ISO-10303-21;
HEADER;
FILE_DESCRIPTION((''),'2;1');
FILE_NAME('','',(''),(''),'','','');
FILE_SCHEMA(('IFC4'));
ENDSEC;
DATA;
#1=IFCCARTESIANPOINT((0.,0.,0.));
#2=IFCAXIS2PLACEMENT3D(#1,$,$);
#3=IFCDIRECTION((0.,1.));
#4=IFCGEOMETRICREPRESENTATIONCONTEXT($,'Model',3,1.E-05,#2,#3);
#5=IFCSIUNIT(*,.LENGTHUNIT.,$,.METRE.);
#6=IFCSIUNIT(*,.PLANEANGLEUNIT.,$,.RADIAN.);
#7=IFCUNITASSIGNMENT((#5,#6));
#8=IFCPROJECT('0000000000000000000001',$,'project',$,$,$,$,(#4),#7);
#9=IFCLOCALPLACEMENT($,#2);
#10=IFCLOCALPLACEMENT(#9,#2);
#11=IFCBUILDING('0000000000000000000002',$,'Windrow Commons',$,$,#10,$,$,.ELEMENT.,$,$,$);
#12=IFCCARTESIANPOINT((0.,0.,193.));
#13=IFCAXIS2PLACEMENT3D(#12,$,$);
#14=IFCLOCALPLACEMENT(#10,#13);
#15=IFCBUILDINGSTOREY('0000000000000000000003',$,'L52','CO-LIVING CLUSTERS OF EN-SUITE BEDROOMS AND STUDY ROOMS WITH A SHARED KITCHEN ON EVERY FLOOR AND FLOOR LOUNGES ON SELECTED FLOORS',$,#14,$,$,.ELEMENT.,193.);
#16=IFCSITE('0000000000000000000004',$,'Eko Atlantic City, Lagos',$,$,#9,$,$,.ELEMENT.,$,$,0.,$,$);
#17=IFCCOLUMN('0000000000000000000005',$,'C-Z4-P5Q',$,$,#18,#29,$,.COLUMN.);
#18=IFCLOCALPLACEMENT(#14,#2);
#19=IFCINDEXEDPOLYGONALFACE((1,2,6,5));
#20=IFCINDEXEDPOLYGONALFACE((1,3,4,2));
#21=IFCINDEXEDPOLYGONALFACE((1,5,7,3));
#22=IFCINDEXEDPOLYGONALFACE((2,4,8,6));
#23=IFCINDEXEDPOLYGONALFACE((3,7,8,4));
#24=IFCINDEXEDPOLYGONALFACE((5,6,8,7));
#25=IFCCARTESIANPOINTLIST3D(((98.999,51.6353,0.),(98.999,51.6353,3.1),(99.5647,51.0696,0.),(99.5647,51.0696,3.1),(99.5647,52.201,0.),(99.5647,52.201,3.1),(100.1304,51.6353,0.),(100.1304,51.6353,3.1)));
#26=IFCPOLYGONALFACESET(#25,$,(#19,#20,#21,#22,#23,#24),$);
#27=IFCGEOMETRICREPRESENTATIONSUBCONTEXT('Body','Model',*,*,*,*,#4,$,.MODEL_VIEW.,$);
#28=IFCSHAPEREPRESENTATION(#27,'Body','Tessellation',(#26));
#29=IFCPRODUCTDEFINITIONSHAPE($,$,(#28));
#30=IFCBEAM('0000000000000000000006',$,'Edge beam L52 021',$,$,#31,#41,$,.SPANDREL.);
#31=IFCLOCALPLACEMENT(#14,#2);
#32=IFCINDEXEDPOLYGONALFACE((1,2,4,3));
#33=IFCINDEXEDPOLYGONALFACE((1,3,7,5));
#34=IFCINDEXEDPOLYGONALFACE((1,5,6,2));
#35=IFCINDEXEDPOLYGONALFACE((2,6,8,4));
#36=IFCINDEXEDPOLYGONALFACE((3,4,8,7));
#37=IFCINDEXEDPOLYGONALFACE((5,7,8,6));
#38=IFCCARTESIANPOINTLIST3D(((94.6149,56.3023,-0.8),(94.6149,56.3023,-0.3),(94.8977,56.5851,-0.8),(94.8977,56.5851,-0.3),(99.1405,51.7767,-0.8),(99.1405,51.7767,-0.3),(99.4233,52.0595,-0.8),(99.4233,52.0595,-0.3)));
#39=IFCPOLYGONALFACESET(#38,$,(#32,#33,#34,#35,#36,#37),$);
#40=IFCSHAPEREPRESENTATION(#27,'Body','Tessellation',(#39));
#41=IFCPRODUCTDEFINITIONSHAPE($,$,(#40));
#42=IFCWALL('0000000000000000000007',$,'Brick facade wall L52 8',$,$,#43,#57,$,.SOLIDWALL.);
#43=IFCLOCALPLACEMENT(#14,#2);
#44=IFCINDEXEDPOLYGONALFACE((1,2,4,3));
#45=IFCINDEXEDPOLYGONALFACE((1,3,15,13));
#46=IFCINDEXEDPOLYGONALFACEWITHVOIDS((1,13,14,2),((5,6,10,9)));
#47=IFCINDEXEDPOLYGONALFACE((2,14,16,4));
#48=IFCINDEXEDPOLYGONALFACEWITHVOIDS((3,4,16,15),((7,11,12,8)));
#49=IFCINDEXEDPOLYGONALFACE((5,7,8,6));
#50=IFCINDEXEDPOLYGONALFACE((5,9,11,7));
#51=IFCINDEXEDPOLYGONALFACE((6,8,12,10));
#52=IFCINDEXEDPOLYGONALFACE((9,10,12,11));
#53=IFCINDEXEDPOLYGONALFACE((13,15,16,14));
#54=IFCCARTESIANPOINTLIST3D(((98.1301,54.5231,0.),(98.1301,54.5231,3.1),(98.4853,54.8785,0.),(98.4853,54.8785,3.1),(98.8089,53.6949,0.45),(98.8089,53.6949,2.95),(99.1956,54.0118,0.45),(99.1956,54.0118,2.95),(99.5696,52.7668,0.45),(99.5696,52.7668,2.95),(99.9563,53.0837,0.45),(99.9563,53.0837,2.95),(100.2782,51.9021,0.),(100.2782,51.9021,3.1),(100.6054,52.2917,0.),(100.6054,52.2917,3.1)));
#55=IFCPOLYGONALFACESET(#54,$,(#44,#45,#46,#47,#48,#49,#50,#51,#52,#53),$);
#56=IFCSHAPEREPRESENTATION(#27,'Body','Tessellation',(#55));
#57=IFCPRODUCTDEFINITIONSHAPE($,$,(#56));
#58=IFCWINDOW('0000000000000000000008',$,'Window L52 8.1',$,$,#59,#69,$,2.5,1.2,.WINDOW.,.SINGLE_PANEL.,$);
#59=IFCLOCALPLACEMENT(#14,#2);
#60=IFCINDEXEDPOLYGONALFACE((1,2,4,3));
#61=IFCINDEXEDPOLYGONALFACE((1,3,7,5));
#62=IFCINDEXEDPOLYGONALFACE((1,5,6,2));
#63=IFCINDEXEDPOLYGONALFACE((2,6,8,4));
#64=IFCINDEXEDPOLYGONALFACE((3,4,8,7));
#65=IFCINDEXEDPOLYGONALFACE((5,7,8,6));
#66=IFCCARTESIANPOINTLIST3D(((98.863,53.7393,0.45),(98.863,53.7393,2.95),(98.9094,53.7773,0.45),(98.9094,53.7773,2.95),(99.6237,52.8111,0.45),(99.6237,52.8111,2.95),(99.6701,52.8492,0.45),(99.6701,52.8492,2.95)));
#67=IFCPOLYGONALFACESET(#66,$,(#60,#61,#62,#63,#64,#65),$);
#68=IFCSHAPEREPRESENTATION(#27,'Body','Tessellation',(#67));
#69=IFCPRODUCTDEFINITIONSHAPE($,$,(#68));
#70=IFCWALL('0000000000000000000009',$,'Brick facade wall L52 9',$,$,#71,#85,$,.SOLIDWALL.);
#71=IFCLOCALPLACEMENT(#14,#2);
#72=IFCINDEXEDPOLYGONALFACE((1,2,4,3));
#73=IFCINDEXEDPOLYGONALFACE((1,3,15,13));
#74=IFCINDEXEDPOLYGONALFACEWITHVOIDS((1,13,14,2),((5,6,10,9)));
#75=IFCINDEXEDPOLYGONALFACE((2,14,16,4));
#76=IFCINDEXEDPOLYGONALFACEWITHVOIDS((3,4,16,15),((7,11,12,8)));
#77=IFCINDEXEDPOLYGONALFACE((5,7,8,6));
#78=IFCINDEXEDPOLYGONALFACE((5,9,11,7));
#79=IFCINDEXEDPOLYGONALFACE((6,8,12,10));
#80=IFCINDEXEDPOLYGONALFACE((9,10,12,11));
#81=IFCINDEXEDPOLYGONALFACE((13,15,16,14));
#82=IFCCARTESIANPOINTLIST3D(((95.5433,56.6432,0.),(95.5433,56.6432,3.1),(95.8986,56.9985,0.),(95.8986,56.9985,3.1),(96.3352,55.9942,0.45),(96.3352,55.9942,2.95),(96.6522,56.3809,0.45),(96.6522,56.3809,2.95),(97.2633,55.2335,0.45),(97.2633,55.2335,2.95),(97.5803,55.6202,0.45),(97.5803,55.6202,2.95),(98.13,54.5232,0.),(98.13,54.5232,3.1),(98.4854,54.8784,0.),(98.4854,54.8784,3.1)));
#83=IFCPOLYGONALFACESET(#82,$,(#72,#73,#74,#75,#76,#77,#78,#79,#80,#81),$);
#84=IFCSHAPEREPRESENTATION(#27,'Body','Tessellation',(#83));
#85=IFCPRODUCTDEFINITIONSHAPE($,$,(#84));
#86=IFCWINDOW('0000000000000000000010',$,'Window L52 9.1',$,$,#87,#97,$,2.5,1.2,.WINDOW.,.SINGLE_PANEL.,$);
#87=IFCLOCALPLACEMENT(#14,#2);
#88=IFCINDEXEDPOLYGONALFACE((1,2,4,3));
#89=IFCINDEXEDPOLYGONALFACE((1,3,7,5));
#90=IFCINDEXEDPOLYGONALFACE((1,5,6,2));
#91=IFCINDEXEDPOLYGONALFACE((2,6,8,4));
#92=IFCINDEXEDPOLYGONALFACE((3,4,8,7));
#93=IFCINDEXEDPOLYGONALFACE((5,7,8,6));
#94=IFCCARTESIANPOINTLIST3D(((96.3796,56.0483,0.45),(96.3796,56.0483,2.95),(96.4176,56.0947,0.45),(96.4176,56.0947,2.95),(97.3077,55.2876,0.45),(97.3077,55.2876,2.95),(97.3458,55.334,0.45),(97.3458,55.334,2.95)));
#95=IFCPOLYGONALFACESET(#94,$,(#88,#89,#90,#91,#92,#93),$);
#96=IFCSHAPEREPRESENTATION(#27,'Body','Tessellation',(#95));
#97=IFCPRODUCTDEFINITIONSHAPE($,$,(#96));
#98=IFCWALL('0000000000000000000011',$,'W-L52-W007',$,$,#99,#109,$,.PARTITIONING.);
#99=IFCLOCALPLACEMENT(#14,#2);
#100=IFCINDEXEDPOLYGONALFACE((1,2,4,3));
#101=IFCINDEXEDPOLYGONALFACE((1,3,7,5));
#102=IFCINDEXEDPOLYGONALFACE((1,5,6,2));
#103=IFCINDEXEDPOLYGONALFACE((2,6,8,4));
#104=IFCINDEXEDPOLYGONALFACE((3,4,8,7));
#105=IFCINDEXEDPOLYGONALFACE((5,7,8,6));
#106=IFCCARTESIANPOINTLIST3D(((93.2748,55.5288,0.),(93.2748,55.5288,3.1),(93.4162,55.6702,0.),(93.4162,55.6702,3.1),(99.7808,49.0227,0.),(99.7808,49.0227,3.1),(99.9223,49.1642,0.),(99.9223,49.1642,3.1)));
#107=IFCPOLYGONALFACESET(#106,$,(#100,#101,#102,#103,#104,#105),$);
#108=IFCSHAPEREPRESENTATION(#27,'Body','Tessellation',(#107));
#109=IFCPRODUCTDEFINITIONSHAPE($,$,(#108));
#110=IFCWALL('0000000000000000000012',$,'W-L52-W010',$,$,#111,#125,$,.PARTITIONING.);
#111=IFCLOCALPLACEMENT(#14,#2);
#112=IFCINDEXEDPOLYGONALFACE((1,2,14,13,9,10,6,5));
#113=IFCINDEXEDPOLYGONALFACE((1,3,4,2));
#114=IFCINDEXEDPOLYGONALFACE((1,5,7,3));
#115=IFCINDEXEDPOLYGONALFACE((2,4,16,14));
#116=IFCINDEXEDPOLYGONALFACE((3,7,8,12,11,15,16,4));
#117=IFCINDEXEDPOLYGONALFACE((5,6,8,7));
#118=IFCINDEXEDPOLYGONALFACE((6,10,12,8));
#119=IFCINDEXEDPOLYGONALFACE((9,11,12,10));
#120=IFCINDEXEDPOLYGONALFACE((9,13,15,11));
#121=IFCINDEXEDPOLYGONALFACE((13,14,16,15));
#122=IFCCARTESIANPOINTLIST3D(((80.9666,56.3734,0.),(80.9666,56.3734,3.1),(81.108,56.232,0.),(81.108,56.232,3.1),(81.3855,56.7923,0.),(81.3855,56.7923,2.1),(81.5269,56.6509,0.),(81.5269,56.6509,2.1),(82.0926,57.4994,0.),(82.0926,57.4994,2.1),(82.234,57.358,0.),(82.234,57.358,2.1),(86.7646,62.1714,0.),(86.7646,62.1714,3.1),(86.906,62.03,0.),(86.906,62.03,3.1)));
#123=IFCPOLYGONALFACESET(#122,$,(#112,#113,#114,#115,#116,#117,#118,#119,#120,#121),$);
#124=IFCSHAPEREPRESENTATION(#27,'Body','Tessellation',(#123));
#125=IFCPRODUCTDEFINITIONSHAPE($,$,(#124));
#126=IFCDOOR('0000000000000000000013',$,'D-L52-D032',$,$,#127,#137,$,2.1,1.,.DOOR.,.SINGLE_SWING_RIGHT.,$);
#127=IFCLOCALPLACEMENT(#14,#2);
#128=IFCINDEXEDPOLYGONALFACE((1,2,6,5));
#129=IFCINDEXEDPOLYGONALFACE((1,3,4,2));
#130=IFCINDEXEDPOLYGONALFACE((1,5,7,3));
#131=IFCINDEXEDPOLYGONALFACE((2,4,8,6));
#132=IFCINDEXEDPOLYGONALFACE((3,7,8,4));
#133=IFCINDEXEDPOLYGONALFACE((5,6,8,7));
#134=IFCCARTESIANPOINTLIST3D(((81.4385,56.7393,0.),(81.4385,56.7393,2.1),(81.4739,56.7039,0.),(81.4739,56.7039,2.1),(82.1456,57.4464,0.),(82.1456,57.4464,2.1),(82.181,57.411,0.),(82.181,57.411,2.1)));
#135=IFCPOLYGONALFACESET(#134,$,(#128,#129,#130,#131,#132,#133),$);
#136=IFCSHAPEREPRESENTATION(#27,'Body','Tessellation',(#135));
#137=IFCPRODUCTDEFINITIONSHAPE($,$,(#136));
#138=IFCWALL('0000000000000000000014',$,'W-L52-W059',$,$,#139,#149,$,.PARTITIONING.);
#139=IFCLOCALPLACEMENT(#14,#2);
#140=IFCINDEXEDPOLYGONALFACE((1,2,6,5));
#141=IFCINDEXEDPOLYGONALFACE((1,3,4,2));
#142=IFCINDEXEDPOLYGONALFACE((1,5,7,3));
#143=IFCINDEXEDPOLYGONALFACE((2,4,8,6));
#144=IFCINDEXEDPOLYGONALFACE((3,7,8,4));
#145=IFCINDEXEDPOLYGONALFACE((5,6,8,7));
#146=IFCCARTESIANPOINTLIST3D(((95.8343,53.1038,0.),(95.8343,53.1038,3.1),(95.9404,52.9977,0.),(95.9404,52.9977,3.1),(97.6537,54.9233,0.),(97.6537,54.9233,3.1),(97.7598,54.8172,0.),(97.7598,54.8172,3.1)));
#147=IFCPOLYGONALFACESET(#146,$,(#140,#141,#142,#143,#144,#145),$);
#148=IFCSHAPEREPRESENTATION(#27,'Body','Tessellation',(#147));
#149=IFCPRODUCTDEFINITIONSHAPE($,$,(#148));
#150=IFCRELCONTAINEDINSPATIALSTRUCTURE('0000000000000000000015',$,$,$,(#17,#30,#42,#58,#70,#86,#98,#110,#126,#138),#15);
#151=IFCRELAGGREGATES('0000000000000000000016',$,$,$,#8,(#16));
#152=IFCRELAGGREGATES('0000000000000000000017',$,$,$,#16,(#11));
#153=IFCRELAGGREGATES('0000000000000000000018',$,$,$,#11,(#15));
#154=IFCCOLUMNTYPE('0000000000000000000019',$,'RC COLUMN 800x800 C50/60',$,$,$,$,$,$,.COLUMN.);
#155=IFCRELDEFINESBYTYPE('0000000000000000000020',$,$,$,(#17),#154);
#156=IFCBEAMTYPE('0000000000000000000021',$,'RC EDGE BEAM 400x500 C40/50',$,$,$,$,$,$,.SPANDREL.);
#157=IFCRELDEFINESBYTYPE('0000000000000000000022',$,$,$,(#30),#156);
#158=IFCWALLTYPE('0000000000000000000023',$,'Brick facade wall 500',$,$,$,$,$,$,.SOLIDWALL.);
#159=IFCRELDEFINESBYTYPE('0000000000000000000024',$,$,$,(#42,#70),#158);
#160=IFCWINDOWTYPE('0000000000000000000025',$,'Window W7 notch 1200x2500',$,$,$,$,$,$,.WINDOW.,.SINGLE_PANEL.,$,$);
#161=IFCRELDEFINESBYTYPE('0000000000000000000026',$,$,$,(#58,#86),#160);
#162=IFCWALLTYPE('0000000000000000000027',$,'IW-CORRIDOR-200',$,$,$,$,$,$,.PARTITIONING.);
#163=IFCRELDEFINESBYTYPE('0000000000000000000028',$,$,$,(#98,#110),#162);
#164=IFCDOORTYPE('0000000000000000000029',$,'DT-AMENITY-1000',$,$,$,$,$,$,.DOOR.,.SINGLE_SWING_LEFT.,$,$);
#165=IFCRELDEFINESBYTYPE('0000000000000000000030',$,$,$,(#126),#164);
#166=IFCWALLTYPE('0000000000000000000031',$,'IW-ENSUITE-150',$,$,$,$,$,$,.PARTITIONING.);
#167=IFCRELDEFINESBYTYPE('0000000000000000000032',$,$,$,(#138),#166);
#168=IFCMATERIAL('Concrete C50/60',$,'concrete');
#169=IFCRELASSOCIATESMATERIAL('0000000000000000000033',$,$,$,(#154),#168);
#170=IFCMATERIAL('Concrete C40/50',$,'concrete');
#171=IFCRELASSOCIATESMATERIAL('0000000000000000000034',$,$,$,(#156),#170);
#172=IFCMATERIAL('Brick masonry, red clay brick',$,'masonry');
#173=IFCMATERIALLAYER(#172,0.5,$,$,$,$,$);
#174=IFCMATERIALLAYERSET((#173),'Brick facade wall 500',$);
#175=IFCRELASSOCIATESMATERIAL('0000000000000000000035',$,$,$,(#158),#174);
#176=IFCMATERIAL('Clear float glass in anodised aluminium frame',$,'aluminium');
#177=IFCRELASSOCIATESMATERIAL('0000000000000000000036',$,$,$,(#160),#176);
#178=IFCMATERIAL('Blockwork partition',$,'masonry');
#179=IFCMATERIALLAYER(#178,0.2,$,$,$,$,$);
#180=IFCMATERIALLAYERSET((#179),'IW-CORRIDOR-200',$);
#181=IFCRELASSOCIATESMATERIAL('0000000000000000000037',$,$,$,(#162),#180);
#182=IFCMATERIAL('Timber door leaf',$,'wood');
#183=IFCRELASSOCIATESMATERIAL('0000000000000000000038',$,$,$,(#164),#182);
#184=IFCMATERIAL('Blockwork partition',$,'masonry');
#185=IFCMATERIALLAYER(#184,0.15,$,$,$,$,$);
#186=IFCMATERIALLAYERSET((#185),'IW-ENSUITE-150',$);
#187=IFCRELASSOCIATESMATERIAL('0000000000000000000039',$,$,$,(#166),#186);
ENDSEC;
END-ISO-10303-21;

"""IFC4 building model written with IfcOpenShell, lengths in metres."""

from ifc_helpers import new_model, si_unit, direction, frame, frame_2d, origin, origin_2d, place, context, subcontext, project, spatial, polyline, rectangle, outline, extrude, material, layer, layer_set, material_profile, profile_set, type_object, element, fill, save


model = new_model("IFC4")

# Units and contexts
model_context = context("Model", 3, precision=1e-05, world=origin(), true_north=direction((0.0, 1.0)))
body_context = subcontext(model_context, "Body", "Model", "MODEL_VIEW")
ifc_project = project(units=[si_unit("LENGTHUNIT", "METRE"), si_unit("PLANEANGLEUNIT", "RADIAN")], contexts=[model_context])

# Site, building, storey
site_placement = place(None, origin())
site = spatial("IfcSite", under=ifc_project, at=site_placement, Name="Eko Atlantic City, Lagos", CompositionType="ELEMENT", RefElevation=0.0)
building_placement = place(site_placement, origin())
building = spatial("IfcBuilding", under=site, at=building_placement, Name="Windrow Commons", CompositionType="ELEMENT")
storey_placement = place(building_placement, frame((0.0, 0.0, 193.0)))
storey = spatial("IfcBuildingStorey", under=building, at=storey_placement, Name="L52", Description="CO-LIVING CLUSTERS OF EN-SUITE BEDROOMS AND STUDY ROOMS WITH A SHARED KITCHEN ON EVERY FLOOR AND FLOOR LOUNGES ON SELECTED FLOORS", CompositionType="ELEMENT", Elevation=193.0)

# Column
ifc_material_1 = material(Name="Concrete C50/60", Category="concrete")
ifc_material_profile_1 = material_profile(ifc_material_1, rectangle(XDim=0.8, YDim=0.8, at=origin_2d()))
ifc_profile_set_1 = profile_set([ifc_material_profile_1], Name="Concrete C50/60")
column_type = type_object("IfcColumnType", Name="RC COLUMN 800x800 C50/60", PredefinedType="COLUMN", material=ifc_profile_set_1)
column_placement = place(storey_placement, frame((99.5647, 51.6353, 0.0), z_axis=(0.0, 0.0, 1.0), x_axis=(0.707107, -0.707107, 0.0)))
element("IfcColumn", 1, at=column_placement, inside=storey, type_object=column_type, Name="C-Z4-P5Q", PredefinedType="COLUMN", context=body_context, shape_type="SweptSolid", body=[
    extrude(rectangle(XDim=0.8, YDim=0.8, at=origin_2d()), origin(), (0.0, 0.0, 1.0), 3.1),
])

# Beam
ifc_material_2 = material(Name="Concrete C40/50", Category="concrete")
ifc_material_profile_2 = material_profile(ifc_material_2, rectangle(XDim=0.4, YDim=0.5, at=origin_2d()))
ifc_profile_set_2 = profile_set([ifc_material_profile_2], Name="Concrete C40/50")
beam_type = type_object("IfcBeamType", Name="RC EDGE BEAM 400x500 C40/50", PredefinedType="SPANDREL", material=ifc_profile_set_2)
beam_placement = place(storey_placement, frame((94.7563, 56.4437, -0.55), z_axis=(0.707107, -0.707107, 0.0), x_axis=(0.707107, 0.707107, 0.0)))
element("IfcBeam", 2, at=beam_placement, inside=storey, type_object=beam_type, Name="Edge beam L52 021", PredefinedType="SPANDREL", context=body_context, shape_type="SweptSolid", body=[
    extrude(rectangle(XDim=0.4, YDim=0.5, at=origin_2d()), origin(), (0.0, 0.0, 1.0), 6.4002),
])

# Walls, openings, windows
ifc_material_3 = material(Name="Brick masonry, red clay brick", Category="masonry")
ifc_layer_1 = layer(ifc_material_3, 0.5)
ifc_layer_set_1 = layer_set([ifc_layer_1], Name="Brick facade wall 500")
wall_type_1 = type_object("IfcWallType", Name="Brick facade wall 500", PredefinedType="SOLIDWALL", material=ifc_layer_set_1)
wall_1_placement = place(storey_placement, frame((100.4418, 52.0969, 0.0), z_axis=(0.0, 0.0, 1.0), x_axis=(-0.633885, 0.773428, 0.0)))
wall_1 = element("IfcWall", 3, at=wall_1_placement, inside=storey, type_object=wall_type_1, Name="Brick facade wall L52 8", PredefinedType="SOLIDWALL", context=body_context, shape_type="SweptSolid", body=[
    extrude(outline(polyline([(0.047, -0.25), (3.3915, -0.25), (3.3419, 0.25), (-0.047, 0.25), (0.047, -0.25)])), origin(), (0.0, 0.0, 1.0), 3.1),
])
opening_1_placement = place(wall_1_placement, frame((1.071, 0.0, 0.45)))
opening_1 = element("IfcOpeningElement", 4, at=opening_1_placement, cuts=wall_1, PredefinedType="OPENING", context=body_context, shape_type="SweptSolid", body=[
    extrude(rectangle(XDim=1.2, YDim=2.5, at=frame_2d((0.6, 1.25))), frame((0.0, 0.26, 0.0), z_axis=(0.0, -1.0, 0.0), x_axis=(1.0, 0.0, 0.0)), (0.0, 0.0, 1.0), 0.52),
])
ifc_material_4 = material(Name="Clear float glass in anodised aluminium frame", Category="aluminium")
window_type = type_object("IfcWindowType", Name="Window W7 notch 1200x2500", PartitioningType="SINGLE_PANEL", PredefinedType="WINDOW", material=ifc_material_4)
window_1_placement = place(opening_1_placement, origin())
window_1 = element("IfcWindow", 5, at=window_1_placement, inside=storey, type_object=window_type, Name="Window L52 8.1", OverallHeight=2.5, OverallWidth=1.2, PartitioningType="SINGLE_PANEL", PredefinedType="WINDOW", context=body_context, shape_type="SweptSolid", body=[
    extrude(rectangle(XDim=1.2, YDim=2.5, at=frame_2d((0.6, 1.25))), frame((0.0, 0.18, 0.0), z_axis=(0.0, -1.0, 0.0), x_axis=(1.0, 0.0, 0.0)), (0.0, 0.0, 1.0), 0.06),
])
fill(opening_1, window_1)
wall_2_placement = place(storey_placement, frame((98.3077, 54.7008, 0.0), z_axis=(0.0, 0.0, 1.0), x_axis=(-0.773426, 0.633887, 0.0)))
wall_2 = element("IfcWall", 6, at=wall_2_placement, inside=storey, type_object=wall_type_1, Name="Brick facade wall L52 9", PredefinedType="SOLIDWALL", context=body_context, shape_type="SweptSolid", body=[
    extrude(outline(polyline([(-0.0248, -0.25), (3.3198, -0.25), (3.3693, 0.25), (0.0248, 0.25), (-0.0248, -0.25)])), origin(), (0.0, 0.0, 1.0), 3.1),
])
opening_2_placement = place(wall_2_placement, frame((1.1454, 0.0, 0.45)))
opening_2 = element("IfcOpeningElement", 7, at=opening_2_placement, cuts=wall_2, PredefinedType="OPENING", context=body_context, shape_type="SweptSolid", body=[
    extrude(rectangle(XDim=1.2, YDim=2.5, at=frame_2d((0.6, 1.25))), frame((0.0, 0.26, 0.0), z_axis=(0.0, -1.0, 0.0), x_axis=(1.0, 0.0, 0.0)), (0.0, 0.0, 1.0), 0.52),
])
window_2_placement = place(opening_2_placement, origin())
window_2 = element("IfcWindow", 8, at=window_2_placement, inside=storey, type_object=window_type, Name="Window L52 9.1", OverallHeight=2.5, OverallWidth=1.2, PartitioningType="SINGLE_PANEL", PredefinedType="WINDOW", context=body_context, shape_type="SweptSolid", body=[
    extrude(rectangle(XDim=1.2, YDim=2.5, at=frame_2d((0.6, 1.25))), frame((0.0, 0.18, 0.0), z_axis=(0.0, -1.0, 0.0), x_axis=(1.0, 0.0, 0.0)), (0.0, 0.0, 1.0), 0.06),
])
fill(opening_2, window_2)

# Wall
ifc_material_5 = material(Name="Blockwork partition", Category="masonry")
ifc_layer_2 = layer(ifc_material_5, 0.2)
ifc_layer_set_2 = layer_set([ifc_layer_2], Name="IW-CORRIDOR-200")
wall_type_2 = type_object("IfcWallType", Name="IW-CORRIDOR-200", PredefinedType="PARTITIONING", material=ifc_layer_set_2)
wall_3_placement = place(storey_placement, frame((93.3455, 55.5995, 0.0), z_axis=(0.0, 0.0, 1.0), x_axis=(0.707107, -0.707107, 0.0)))
element("IfcWall", 9, at=wall_3_placement, inside=storey, type_object=wall_type_2, Name="W-L52-W007", PredefinedType="PARTITIONING", context=body_context, shape_type="SweptSolid", body=[
    extrude(rectangle(XDim=9.2009, YDim=0.2, at=frame_2d((4.6005, 0.0))), origin(), (0.0, 0.0, 1.0), 3.1),
])

# Wall, opening, door
wall_4_placement = place(storey_placement, frame((81.0373, 56.3027, 0.0), z_axis=(0.0, 0.0, 1.0), x_axis=(0.707107, 0.707107, 0.0)))
wall_4 = element("IfcWall", 10, at=wall_4_placement, inside=storey, type_object=wall_type_2, Name="W-L52-W010", PredefinedType="PARTITIONING", context=body_context, shape_type="SweptSolid", body=[
    extrude(rectangle(XDim=8.1996, YDim=0.2, at=frame_2d((4.0998, 0.0))), origin(), (0.0, 0.0, 1.0), 3.1),
])
opening_3_placement = place(wall_4_placement, frame((0.5924, 0.0, 0.0)))
opening_3 = element("IfcOpeningElement", 11, at=opening_3_placement, cuts=wall_4, PredefinedType="OPENING", context=body_context, shape_type="SweptSolid", body=[
    extrude(rectangle(XDim=1.0, YDim=2.1, at=frame_2d((0.5, 1.05))), frame((0.0, 0.11, 0.0), z_axis=(0.0, -1.0, 0.0), x_axis=(1.0, 0.0, 0.0)), (0.0, 0.0, 1.0), 0.22),
])
ifc_material_6 = material(Name="Timber door leaf", Category="wood")
door_type_1 = type_object("IfcDoorType", Name="DT-AMENITY-1000", OperationType="SINGLE_SWING_LEFT", PredefinedType="DOOR", material=ifc_material_6)
door_1_placement = place(opening_3_placement, origin())
door_1 = element("IfcDoor", 12, at=door_1_placement, inside=storey, type_object=door_type_1, Name="D-L52-D032", OperationType="SINGLE_SWING_RIGHT", OverallHeight=2.1, OverallWidth=1.0, PredefinedType="DOOR", context=body_context, shape_type="SweptSolid", body=[
    extrude(rectangle(XDim=1.0, YDim=2.1, at=frame_2d((0.5, 1.05))), frame((0.0, 0.025, 0.0), z_axis=(0.0, -1.0, 0.0), x_axis=(1.0, 0.0, 0.0)), (0.0, 0.0, 1.0), 0.05),
])
fill(opening_3, door_1)

# Wall
ifc_material_7 = material(Name="Blockwork partition", Category="masonry")
ifc_layer_3 = layer(ifc_material_7, 0.15)
ifc_layer_set_3 = layer_set([ifc_layer_3], Name="IW-ENSUITE-150")
wall_type_3 = type_object("IfcWallType", Name="IW-ENSUITE-150", PredefinedType="PARTITIONING", material=ifc_layer_set_3)
wall_5_placement = place(storey_placement, frame((95.8873, 53.0507, 0.0), z_axis=(0.0, 0.0, 1.0), x_axis=(0.707087, 0.707126, 0.0)))
element("IfcWall", 13, at=wall_5_placement, inside=storey, type_object=wall_type_3, Name="W-L52-W059", PredefinedType="PARTITIONING", context=body_context, shape_type="SweptSolid", body=[
    extrude(rectangle(XDim=2.5731, YDim=0.15, at=frame_2d((1.2866, 0.0))), origin(), (0.0, 0.0, 1.0), 3.1),
])

save(model, "model.ifc")
